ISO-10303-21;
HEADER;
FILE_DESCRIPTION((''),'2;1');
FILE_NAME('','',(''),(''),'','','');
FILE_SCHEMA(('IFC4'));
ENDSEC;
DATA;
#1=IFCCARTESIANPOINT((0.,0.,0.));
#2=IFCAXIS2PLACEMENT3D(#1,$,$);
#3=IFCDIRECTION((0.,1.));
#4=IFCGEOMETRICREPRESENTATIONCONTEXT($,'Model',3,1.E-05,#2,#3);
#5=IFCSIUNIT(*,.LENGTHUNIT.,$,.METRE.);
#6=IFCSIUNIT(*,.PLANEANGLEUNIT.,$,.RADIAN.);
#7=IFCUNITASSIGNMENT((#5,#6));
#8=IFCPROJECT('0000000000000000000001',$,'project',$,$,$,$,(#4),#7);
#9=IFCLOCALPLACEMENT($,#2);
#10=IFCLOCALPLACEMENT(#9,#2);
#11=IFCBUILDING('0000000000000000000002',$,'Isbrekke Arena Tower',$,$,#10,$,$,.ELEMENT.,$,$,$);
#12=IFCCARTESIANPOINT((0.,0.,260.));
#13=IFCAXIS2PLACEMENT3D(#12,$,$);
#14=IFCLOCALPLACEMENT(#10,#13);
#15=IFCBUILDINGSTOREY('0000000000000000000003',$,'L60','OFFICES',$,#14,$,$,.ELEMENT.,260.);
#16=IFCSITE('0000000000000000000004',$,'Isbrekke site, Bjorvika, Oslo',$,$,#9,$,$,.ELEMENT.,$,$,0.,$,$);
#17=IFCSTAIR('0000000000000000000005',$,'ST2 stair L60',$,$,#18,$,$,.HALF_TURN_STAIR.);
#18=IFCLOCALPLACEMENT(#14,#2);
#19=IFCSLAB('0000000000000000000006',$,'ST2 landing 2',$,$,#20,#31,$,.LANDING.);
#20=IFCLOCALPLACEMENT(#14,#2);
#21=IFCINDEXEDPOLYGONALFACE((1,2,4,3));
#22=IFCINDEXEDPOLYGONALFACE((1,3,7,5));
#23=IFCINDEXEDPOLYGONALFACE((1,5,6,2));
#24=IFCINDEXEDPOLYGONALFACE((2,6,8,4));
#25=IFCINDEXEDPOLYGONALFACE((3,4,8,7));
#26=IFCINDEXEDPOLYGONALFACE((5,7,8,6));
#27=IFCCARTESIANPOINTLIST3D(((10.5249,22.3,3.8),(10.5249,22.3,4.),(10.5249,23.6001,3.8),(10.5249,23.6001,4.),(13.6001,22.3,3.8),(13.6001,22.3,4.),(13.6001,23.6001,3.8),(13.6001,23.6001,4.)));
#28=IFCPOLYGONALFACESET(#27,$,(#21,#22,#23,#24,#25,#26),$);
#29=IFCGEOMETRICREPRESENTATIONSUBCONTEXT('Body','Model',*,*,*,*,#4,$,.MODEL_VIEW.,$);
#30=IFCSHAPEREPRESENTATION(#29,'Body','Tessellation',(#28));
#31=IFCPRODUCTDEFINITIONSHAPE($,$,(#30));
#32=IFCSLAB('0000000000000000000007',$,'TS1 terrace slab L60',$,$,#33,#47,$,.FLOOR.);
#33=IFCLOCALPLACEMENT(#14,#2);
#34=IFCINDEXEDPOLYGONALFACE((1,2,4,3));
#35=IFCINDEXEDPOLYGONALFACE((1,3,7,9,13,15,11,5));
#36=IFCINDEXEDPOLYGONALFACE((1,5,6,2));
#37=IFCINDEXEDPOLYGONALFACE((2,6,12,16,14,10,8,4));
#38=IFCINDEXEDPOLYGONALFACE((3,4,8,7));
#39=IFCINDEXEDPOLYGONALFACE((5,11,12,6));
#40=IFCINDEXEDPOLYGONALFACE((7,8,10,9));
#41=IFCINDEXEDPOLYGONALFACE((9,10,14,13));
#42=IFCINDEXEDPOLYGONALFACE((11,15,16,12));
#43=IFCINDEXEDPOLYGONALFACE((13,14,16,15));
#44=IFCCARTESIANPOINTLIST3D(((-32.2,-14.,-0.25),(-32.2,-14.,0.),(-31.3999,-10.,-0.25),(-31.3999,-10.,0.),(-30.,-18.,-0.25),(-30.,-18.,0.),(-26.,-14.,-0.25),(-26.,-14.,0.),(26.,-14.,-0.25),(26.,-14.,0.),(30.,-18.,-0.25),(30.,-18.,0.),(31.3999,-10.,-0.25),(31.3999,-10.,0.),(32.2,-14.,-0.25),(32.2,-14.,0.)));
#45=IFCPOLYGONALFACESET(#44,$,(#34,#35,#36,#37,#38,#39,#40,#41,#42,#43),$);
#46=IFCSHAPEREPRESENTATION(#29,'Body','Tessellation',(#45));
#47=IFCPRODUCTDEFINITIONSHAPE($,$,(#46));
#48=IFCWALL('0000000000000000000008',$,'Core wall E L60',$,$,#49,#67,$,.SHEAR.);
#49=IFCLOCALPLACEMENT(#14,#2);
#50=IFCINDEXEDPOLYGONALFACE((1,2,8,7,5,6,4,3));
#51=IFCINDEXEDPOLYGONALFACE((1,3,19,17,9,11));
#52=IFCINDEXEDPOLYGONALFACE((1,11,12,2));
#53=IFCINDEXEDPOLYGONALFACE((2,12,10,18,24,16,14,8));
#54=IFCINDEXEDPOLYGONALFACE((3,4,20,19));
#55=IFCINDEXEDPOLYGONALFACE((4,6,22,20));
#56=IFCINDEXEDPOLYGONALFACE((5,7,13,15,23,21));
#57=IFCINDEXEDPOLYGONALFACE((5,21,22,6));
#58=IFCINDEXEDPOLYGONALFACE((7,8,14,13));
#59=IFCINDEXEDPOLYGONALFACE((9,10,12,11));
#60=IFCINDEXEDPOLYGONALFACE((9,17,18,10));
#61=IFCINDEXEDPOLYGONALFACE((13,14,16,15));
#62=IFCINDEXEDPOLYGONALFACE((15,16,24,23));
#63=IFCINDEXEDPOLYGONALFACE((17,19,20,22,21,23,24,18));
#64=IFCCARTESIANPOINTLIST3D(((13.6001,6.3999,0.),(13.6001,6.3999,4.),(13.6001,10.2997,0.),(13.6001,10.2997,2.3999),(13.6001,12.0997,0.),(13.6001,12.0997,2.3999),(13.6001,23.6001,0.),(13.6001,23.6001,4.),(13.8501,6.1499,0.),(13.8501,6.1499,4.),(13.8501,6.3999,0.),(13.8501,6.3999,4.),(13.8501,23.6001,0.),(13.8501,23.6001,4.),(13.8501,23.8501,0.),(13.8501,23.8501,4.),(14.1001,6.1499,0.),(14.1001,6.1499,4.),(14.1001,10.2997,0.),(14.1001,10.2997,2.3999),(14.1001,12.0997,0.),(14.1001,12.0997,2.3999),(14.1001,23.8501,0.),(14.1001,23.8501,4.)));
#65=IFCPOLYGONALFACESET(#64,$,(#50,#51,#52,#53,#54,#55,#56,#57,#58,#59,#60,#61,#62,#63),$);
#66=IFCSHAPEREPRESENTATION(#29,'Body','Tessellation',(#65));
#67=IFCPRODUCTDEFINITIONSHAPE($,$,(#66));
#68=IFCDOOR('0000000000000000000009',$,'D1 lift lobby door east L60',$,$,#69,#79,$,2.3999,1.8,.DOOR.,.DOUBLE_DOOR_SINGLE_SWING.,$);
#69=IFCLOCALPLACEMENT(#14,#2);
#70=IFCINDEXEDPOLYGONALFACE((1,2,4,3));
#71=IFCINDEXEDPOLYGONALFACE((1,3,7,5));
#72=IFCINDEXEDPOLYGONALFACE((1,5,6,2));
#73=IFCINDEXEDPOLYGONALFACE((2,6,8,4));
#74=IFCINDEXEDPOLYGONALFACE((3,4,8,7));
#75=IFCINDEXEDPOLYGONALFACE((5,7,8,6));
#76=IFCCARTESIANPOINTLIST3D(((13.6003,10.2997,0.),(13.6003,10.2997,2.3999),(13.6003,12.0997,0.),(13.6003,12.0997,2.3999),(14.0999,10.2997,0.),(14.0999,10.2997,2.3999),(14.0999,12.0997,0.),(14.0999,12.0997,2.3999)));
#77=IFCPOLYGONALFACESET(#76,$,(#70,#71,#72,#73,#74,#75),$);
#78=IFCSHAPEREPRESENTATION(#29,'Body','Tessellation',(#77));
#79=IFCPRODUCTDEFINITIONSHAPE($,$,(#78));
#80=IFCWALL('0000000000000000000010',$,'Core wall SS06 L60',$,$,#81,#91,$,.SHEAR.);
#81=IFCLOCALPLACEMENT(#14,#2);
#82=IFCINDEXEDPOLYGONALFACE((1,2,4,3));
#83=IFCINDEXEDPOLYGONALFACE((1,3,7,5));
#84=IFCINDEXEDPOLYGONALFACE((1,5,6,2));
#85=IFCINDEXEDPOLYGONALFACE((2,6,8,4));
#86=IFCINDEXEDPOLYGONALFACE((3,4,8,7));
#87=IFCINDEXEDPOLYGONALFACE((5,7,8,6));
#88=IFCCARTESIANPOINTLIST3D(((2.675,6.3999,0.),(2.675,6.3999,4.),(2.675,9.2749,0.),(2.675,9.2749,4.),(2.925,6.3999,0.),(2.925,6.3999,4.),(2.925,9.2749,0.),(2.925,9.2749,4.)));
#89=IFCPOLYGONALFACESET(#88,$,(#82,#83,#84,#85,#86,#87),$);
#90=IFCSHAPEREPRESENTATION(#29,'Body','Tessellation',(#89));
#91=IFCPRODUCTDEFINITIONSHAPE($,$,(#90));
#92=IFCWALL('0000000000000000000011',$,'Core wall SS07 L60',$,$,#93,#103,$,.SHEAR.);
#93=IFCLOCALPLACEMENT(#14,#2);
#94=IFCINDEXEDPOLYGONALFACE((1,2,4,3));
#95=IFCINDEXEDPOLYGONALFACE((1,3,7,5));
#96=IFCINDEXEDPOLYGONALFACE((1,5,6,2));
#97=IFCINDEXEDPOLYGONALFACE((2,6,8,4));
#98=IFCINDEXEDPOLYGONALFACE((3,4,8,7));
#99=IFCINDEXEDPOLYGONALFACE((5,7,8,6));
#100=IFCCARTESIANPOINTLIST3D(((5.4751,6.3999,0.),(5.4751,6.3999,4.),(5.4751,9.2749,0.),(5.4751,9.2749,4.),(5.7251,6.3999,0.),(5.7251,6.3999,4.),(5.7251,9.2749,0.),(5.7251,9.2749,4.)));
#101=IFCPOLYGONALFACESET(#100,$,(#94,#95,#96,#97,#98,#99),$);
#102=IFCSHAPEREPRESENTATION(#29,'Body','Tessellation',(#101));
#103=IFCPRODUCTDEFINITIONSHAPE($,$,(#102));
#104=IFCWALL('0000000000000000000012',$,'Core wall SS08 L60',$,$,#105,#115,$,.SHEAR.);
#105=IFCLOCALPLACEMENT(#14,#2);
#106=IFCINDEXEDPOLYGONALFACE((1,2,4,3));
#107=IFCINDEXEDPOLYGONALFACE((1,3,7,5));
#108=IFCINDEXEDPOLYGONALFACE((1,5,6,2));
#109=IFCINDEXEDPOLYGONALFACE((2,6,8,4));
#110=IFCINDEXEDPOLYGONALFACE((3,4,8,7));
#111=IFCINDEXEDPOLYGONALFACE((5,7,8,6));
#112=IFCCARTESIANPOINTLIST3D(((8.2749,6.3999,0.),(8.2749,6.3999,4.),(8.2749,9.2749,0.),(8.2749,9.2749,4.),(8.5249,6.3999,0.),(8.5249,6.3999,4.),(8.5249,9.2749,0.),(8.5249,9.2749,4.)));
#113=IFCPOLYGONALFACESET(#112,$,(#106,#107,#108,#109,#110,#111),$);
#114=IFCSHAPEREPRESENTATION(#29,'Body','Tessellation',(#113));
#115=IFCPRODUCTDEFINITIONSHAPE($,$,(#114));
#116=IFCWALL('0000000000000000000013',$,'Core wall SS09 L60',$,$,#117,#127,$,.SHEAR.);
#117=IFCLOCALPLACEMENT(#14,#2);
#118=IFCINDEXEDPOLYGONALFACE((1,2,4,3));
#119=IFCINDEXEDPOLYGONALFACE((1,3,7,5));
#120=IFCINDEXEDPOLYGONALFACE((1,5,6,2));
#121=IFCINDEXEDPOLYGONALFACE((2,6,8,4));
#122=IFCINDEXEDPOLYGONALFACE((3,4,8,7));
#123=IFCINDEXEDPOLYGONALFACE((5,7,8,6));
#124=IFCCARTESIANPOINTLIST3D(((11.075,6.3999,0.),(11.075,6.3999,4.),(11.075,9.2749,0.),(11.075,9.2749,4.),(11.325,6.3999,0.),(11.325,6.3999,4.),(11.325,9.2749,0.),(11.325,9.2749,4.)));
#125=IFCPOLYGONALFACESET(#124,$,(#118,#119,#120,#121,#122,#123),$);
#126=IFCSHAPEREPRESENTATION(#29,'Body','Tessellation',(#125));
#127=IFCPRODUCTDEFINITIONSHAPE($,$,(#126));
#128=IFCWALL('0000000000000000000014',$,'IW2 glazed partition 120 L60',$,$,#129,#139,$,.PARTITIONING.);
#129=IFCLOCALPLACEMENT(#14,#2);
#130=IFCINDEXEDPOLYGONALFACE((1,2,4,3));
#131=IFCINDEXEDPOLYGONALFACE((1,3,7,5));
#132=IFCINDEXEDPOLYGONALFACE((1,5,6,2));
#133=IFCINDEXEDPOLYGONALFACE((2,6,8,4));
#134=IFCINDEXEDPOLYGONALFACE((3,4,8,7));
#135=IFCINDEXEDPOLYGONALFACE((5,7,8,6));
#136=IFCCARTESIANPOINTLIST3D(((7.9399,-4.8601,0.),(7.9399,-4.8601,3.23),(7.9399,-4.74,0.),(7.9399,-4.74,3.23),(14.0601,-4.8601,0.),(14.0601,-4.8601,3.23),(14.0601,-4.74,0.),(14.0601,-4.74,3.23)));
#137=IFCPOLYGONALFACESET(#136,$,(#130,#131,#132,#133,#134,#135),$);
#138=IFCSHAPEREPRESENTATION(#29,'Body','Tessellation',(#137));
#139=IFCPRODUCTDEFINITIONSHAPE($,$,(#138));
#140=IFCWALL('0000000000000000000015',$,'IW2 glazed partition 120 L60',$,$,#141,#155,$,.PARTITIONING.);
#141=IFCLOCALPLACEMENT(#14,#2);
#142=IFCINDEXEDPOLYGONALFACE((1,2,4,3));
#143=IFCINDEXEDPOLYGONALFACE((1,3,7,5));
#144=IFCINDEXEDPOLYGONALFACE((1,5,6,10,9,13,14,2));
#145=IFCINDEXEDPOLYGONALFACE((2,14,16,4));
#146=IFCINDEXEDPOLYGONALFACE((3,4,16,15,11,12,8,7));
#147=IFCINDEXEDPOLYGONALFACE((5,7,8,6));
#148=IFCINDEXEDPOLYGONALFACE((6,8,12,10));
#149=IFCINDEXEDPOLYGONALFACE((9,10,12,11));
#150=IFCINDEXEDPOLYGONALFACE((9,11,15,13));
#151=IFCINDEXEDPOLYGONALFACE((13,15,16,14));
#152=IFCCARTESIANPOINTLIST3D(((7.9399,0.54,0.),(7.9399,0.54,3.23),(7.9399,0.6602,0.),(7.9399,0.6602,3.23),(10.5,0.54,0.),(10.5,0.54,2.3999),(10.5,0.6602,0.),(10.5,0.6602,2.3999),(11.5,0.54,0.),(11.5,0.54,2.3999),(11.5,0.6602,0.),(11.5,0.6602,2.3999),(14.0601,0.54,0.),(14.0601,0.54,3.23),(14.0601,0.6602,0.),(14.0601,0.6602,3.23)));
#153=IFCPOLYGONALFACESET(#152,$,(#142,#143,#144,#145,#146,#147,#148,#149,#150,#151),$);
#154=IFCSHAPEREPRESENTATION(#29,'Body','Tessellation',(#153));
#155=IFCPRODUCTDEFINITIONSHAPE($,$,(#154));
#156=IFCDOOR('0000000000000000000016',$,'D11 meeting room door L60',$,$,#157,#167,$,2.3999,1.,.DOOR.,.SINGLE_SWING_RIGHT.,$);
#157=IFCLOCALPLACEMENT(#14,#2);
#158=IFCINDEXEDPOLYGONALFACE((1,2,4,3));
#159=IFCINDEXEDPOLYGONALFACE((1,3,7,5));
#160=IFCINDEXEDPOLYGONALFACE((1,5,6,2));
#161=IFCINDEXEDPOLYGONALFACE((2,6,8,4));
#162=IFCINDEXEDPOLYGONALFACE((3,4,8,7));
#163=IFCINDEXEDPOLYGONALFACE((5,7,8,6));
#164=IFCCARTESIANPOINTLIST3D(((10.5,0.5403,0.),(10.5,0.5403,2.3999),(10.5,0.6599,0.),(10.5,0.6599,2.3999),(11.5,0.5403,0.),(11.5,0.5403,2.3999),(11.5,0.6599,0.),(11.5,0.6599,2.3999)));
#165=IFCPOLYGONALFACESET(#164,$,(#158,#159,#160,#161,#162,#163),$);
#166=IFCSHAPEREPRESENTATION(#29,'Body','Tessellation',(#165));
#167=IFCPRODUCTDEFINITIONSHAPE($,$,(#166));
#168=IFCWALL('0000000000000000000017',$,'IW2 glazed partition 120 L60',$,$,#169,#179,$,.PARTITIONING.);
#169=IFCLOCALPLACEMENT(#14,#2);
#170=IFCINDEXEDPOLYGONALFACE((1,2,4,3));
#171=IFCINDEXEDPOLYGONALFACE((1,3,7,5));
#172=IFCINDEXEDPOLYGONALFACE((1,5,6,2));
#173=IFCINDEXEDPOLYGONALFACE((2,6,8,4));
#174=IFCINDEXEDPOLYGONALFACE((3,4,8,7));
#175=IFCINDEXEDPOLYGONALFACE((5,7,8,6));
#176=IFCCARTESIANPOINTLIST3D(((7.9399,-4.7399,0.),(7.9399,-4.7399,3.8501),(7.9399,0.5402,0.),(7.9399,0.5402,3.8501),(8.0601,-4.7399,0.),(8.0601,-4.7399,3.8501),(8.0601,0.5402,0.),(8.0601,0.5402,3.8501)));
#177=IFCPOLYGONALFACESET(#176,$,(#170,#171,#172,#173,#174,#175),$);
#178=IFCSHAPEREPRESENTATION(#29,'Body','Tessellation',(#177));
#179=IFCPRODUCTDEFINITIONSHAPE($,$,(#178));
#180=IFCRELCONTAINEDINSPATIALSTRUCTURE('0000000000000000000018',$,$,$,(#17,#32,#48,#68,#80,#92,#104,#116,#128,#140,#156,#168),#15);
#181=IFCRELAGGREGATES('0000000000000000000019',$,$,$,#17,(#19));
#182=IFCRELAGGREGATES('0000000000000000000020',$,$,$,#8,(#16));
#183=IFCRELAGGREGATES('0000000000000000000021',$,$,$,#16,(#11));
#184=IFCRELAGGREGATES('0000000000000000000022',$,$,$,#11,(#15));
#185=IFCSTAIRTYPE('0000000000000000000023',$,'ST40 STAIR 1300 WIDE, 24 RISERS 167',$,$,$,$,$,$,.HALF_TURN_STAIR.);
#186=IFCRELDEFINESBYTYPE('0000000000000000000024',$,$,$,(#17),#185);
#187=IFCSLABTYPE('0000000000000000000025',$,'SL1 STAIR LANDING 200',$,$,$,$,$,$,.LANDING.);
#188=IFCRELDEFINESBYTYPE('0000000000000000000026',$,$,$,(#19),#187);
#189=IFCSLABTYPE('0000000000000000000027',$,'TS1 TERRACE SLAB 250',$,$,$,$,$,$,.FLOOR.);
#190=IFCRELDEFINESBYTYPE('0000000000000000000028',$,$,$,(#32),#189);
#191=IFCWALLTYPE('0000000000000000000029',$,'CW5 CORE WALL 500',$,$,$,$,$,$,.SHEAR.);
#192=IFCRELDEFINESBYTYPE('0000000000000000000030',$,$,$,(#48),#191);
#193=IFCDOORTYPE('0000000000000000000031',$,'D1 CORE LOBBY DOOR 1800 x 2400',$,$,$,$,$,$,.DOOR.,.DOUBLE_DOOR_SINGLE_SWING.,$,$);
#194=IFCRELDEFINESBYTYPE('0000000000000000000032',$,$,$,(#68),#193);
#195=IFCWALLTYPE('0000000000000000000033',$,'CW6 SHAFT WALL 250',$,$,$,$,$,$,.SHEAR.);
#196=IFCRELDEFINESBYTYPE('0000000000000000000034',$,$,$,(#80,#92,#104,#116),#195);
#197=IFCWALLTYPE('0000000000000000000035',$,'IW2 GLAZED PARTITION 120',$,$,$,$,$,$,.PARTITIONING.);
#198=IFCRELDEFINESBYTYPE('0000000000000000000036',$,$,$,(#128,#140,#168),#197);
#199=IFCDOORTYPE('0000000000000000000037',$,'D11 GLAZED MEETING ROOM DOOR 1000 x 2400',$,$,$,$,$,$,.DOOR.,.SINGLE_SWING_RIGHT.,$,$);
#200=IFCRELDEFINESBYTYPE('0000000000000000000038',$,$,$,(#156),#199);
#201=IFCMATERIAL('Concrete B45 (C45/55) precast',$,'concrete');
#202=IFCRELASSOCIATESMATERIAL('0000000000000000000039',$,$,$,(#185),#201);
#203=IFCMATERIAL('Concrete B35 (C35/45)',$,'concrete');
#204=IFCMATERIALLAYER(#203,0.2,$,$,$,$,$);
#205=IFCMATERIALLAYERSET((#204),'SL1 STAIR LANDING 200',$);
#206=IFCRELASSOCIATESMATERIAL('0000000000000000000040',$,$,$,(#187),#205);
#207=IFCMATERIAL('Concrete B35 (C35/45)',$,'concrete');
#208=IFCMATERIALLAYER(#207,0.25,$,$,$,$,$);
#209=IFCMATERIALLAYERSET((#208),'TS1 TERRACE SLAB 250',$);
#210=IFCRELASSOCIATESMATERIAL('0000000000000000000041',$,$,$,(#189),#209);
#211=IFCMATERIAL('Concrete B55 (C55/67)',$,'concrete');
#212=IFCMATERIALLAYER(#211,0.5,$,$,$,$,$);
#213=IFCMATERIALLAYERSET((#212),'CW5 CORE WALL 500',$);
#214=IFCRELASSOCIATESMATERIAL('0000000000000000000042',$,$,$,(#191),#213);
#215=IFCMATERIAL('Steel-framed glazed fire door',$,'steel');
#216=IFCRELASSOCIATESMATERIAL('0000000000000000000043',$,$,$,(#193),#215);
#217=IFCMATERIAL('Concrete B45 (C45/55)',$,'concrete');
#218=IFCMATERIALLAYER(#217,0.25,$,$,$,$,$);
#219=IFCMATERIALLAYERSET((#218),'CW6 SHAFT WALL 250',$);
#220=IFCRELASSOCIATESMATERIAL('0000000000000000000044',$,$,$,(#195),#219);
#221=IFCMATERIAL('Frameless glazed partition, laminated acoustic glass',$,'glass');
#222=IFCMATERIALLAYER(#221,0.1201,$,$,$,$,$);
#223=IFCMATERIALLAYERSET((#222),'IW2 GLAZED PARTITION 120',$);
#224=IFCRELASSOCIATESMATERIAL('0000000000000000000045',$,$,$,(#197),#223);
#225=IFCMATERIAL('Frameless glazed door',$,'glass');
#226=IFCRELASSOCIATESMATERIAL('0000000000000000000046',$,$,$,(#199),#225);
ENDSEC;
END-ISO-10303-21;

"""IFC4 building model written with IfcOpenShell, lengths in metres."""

from ifc_helpers import new_model, si_unit, direction, frame, frame_2d, origin, place, context, subcontext, project, spatial, polyline, rectangle, outline, extrude, material, layer, layer_set, type_object, element, fill, aggregate, save


model = new_model("IFC4")

# Units and contexts
model_context = context("Model", 3, precision=1e-05, world=origin(), true_north=direction((0.0, 1.0)))
body_context = subcontext(model_context, "Body", "Model", "MODEL_VIEW")
ifc_project = project(units=[si_unit("LENGTHUNIT", "METRE"), si_unit("PLANEANGLEUNIT", "RADIAN")], contexts=[model_context])

# Site, building, storey
site_placement = place(None, origin())
site = spatial("IfcSite", under=ifc_project, at=site_placement, Name="Isbrekke site, Bjorvika, Oslo", CompositionType="ELEMENT", RefElevation=0.0)
building_placement = place(site_placement, origin())
building = spatial("IfcBuilding", under=site, at=building_placement, Name="Isbrekke Arena Tower", CompositionType="ELEMENT")
storey_placement = place(building_placement, frame((0.0, 0.0, 260.0)))
storey = spatial("IfcBuildingStorey", under=building, at=storey_placement, Name="L60", Description="OFFICES", CompositionType="ELEMENT", Elevation=260.0)

# Stair, slab
ifc_material_1 = material(Name="Concrete B45 (C45/55) precast", Category="concrete")
stair_type = type_object("IfcStairType", Name="ST40 STAIR 1300 WIDE, 24 RISERS 167", PredefinedType="HALF_TURN_STAIR", material=ifc_material_1)
ifc_material_2 = material(Name="Concrete B35 (C35/45)", Category="concrete")
ifc_layer_1 = layer(ifc_material_2, 0.2)
ifc_layer_set_1 = layer_set([ifc_layer_1], Name="SL1 STAIR LANDING 200")
slab_type_1 = type_object("IfcSlabType", Name="SL1 STAIR LANDING 200", PredefinedType="LANDING", material=ifc_layer_set_1)
stair_1_placement = place(storey_placement, origin())
stair_1 = element("IfcStair", 1, at=stair_1_placement, inside=storey, type_object=stair_type, Name="ST2 stair L60", PredefinedType="HALF_TURN_STAIR")
slab_1_placement = place(storey_placement, frame((0.0, 0.0, 3.8)))
slab_1 = element("IfcSlab", 2, at=slab_1_placement, type_object=slab_type_1, Name="ST2 landing 2", PredefinedType="LANDING", context=body_context, shape_type="SweptSolid", body=[
    extrude(outline(polyline([(10.5249, 22.3), (13.6001, 22.3), (13.6001, 23.6001), (10.5249, 23.6001), (10.5249, 22.3)])), origin(), (0.0, 0.0, 1.0), 0.2),
])
aggregate(stair_1, [slab_1])

# Slab
ifc_material_3 = material(Name="Concrete B35 (C35/45)", Category="concrete")
ifc_layer_2 = layer(ifc_material_3, 0.25)
ifc_layer_set_2 = layer_set([ifc_layer_2], Name="TS1 TERRACE SLAB 250")
slab_type_2 = type_object("IfcSlabType", Name="TS1 TERRACE SLAB 250", PredefinedType="FLOOR", material=ifc_layer_set_2)
slab_2_placement = place(storey_placement, frame((0.0, 0.0, -0.25)))
element("IfcSlab", 3, at=slab_2_placement, inside=storey, type_object=slab_type_2, Name="TS1 terrace slab L60", PredefinedType="FLOOR", context=body_context, shape_type="SweptSolid", body=[
    extrude(outline(polyline([(-30.0, -18.0), (30.0, -18.0), (32.2, -14.0), (31.3999, -10.0), (26.0, -14.0), (-26.0, -14.0), (-31.3999, -10.0), (-32.2, -14.0), (-30.0, -18.0)])), origin(), (0.0, 0.0, 1.0), 0.25),
])

# Wall, opening, door
ifc_material_4 = material(Name="Concrete B55 (C55/67)", Category="concrete")
ifc_layer_3 = layer(ifc_material_4, 0.5)
ifc_layer_set_3 = layer_set([ifc_layer_3], Name="CW5 CORE WALL 500")
wall_type_1 = type_object("IfcWallType", Name="CW5 CORE WALL 500", PredefinedType="SHEAR", material=ifc_layer_set_3)
wall_1_placement = place(storey_placement, frame((13.8501, 6.1499, 0.0), z_axis=(0.0, 0.0, 1.0), x_axis=(0.0, 1.0, 0.0)))
wall_1 = element("IfcWall", 4, at=wall_1_placement, inside=storey, type_object=wall_type_1, Name="Core wall E L60", PredefinedType="SHEAR", context=body_context, shape_type="SweptSolid", body=[
    extrude(outline(polyline([(0.0, -0.25), (17.7002, -0.25), (17.7002, 0.0), (17.4502, 0.0), (17.4502, 0.25), (0.25, 0.25), (0.25, 0.0), (0.0, 0.0), (0.0, -0.25)])), origin(), (0.0, 0.0, 1.0), 4.0),
])
opening_1_placement = place(wall_1_placement, frame((4.1499, 0.0, 0.0)))
opening_1 = element("IfcOpeningElement", 5, at=opening_1_placement, cuts=wall_1, PredefinedType="OPENING", context=body_context, shape_type="SweptSolid", body=[
    extrude(rectangle(XDim=1.8, YDim=2.3999, at=frame_2d((0.8999, 1.2))), frame((0.0, 0.2649, 0.0), z_axis=(0.0, -1.0, 0.0), x_axis=(1.0, 0.0, 0.0)), (0.0, 0.0, 1.0), 0.5298),
])
ifc_material_5 = material(Name="Steel-framed glazed fire door", Category="steel")
door_type_1 = type_object("IfcDoorType", Name="D1 CORE LOBBY DOOR 1800 x 2400", OperationType="DOUBLE_DOOR_SINGLE_SWING", PredefinedType="DOOR", material=ifc_material_5)
door_1_placement = place(opening_1_placement, origin())
door_1 = element("IfcDoor", 6, at=door_1_placement, inside=storey, type_object=door_type_1, Name="D1 lift lobby door east L60", OperationType="DOUBLE_DOOR_SINGLE_SWING", OverallHeight=2.3999, OverallWidth=1.8, PredefinedType="DOOR", context=body_context, shape_type="SweptSolid", body=[
    extrude(rectangle(XDim=1.8, YDim=2.3999, at=frame_2d((0.8999, 1.2))), frame((0.0, 0.2498, 0.0), z_axis=(0.0, -1.0, 0.0), x_axis=(1.0, 0.0, 0.0)), (0.0, 0.0, 1.0), 0.4995),
])
fill(opening_1, door_1)

# Walls
ifc_material_6 = material(Name="Concrete B45 (C45/55)", Category="concrete")
ifc_layer_4 = layer(ifc_material_6, 0.25)
ifc_layer_set_4 = layer_set([ifc_layer_4], Name="CW6 SHAFT WALL 250")
wall_type_2 = type_object("IfcWallType", Name="CW6 SHAFT WALL 250", PredefinedType="SHEAR", material=ifc_layer_set_4)
for number, where, z_axis, x_axis, name in (
    (7, (2.8, 6.3999, 0.0), (0.0, 0.0, 1.0), (0.0, 1.0, 0.0), "Core wall SS06 L60"),
    (8, (5.6001, 6.3999, 0.0), (0.0, 0.0, 1.0), (0.0, 1.0, 0.0), "Core wall SS07 L60"),
    (9, (8.3999, 6.3999, 0.0), (0.0, 0.0, 1.0), (0.0, 1.0, 0.0), "Core wall SS08 L60"),
    (10, (11.2, 6.3999, 0.0), (0.0, 0.0, 1.0), (0.0, 1.0, 0.0), "Core wall SS09 L60"),
):
    element("IfcWall", number, at=place(storey_placement, frame(where, z_axis=z_axis, x_axis=x_axis)), inside=storey, type_object=wall_type_2, Name=name, PredefinedType="SHEAR", context=body_context, shape_type="SweptSolid", body=[
        extrude(rectangle(XDim=2.875, YDim=0.25, at=frame_2d((1.4375, 0.0))), origin(), (0.0, 0.0, 1.0), 4.0),
    ])
ifc_material_7 = material(Name="Frameless glazed partition, laminated acoustic glass", Category="glass")
ifc_layer_5 = layer(ifc_material_7, 0.1201)
ifc_layer_set_5 = layer_set([ifc_layer_5], Name="IW2 GLAZED PARTITION 120")
wall_type_3 = type_object("IfcWallType", Name="IW2 GLAZED PARTITION 120", PredefinedType="PARTITIONING", material=ifc_layer_set_5)
wall_2_placement = place(storey_placement, frame((7.9399, -4.8, 0.0), z_axis=(0.0, 0.0, 1.0), x_axis=(1.0, 0.0, 0.0)))
element("IfcWall", 11, at=wall_2_placement, inside=storey, type_object=wall_type_3, Name="IW2 glazed partition 120 L60", PredefinedType="PARTITIONING", context=body_context, shape_type="SweptSolid", body=[
    extrude(rectangle(XDim=6.1201, YDim=0.1201, at=frame_2d((3.0601, 0.0))), origin(), (0.0, 0.0, 1.0), 3.23),
])

# Wall, opening, door
wall_3_placement = place(storey_placement, frame((7.9399, 0.6001, 0.0), z_axis=(0.0, 0.0, 1.0), x_axis=(1.0, 0.0, 0.0)))
wall_3 = element("IfcWall", 12, at=wall_3_placement, inside=storey, type_object=wall_type_3, Name="IW2 glazed partition 120 L60", PredefinedType="PARTITIONING", context=body_context, shape_type="SweptSolid", body=[
    extrude(rectangle(XDim=6.1201, YDim=0.1201, at=frame_2d((3.0601, 0.0))), origin(), (0.0, 0.0, 1.0), 3.23),
])
opening_2_placement = place(wall_3_placement, frame((2.5601, 0.0, 0.0)))
opening_2 = element("IfcOpeningElement", 13, at=opening_2_placement, cuts=wall_3, PredefinedType="OPENING", context=body_context, shape_type="SweptSolid", body=[
    extrude(rectangle(XDim=1.0, YDim=2.3999, at=frame_2d((0.5, 1.2))), frame((0.0, 0.075, 0.0), z_axis=(0.0, -1.0, 0.0), x_axis=(1.0, 0.0, 0.0)), (0.0, 0.0, 1.0), 0.1499),
])
ifc_material_8 = material(Name="Frameless glazed door", Category="glass")
door_type_2 = type_object("IfcDoorType", Name="D11 GLAZED MEETING ROOM DOOR 1000 x 2400", OperationType="SINGLE_SWING_RIGHT", PredefinedType="DOOR", material=ifc_material_8)
door_2_placement = place(opening_2_placement, origin())
door_2 = element("IfcDoor", 14, at=door_2_placement, inside=storey, type_object=door_type_2, Name="D11 meeting room door L60", OperationType="SINGLE_SWING_RIGHT", OverallHeight=2.3999, OverallWidth=1.0, PredefinedType="DOOR", context=body_context, shape_type="SweptSolid", body=[
    extrude(rectangle(XDim=1.0, YDim=2.3999, at=frame_2d((0.5, 1.2))), frame((0.0, 0.0598, 0.0), z_axis=(0.0, -1.0, 0.0), x_axis=(1.0, 0.0, 0.0)), (0.0, 0.0, 1.0), 0.1196),
])
fill(opening_2, door_2)

# Wall
wall_4_placement = place(storey_placement, frame((8.0, -4.74, 0.0), z_axis=(0.0, 0.0, 1.0), x_axis=(0.0, 1.0, 0.0)))
element("IfcWall", 15, at=wall_4_placement, inside=storey, type_object=wall_type_3, Name="IW2 glazed partition 120 L60", PredefinedType="PARTITIONING", context=body_context, shape_type="SweptSolid", body=[
    extrude(rectangle(XDim=5.28, YDim=0.1201, at=frame_2d((2.6401, 0.0))), origin(), (0.0, 0.0, 1.0), 3.8501),
])

save(model, "model.ifc")
